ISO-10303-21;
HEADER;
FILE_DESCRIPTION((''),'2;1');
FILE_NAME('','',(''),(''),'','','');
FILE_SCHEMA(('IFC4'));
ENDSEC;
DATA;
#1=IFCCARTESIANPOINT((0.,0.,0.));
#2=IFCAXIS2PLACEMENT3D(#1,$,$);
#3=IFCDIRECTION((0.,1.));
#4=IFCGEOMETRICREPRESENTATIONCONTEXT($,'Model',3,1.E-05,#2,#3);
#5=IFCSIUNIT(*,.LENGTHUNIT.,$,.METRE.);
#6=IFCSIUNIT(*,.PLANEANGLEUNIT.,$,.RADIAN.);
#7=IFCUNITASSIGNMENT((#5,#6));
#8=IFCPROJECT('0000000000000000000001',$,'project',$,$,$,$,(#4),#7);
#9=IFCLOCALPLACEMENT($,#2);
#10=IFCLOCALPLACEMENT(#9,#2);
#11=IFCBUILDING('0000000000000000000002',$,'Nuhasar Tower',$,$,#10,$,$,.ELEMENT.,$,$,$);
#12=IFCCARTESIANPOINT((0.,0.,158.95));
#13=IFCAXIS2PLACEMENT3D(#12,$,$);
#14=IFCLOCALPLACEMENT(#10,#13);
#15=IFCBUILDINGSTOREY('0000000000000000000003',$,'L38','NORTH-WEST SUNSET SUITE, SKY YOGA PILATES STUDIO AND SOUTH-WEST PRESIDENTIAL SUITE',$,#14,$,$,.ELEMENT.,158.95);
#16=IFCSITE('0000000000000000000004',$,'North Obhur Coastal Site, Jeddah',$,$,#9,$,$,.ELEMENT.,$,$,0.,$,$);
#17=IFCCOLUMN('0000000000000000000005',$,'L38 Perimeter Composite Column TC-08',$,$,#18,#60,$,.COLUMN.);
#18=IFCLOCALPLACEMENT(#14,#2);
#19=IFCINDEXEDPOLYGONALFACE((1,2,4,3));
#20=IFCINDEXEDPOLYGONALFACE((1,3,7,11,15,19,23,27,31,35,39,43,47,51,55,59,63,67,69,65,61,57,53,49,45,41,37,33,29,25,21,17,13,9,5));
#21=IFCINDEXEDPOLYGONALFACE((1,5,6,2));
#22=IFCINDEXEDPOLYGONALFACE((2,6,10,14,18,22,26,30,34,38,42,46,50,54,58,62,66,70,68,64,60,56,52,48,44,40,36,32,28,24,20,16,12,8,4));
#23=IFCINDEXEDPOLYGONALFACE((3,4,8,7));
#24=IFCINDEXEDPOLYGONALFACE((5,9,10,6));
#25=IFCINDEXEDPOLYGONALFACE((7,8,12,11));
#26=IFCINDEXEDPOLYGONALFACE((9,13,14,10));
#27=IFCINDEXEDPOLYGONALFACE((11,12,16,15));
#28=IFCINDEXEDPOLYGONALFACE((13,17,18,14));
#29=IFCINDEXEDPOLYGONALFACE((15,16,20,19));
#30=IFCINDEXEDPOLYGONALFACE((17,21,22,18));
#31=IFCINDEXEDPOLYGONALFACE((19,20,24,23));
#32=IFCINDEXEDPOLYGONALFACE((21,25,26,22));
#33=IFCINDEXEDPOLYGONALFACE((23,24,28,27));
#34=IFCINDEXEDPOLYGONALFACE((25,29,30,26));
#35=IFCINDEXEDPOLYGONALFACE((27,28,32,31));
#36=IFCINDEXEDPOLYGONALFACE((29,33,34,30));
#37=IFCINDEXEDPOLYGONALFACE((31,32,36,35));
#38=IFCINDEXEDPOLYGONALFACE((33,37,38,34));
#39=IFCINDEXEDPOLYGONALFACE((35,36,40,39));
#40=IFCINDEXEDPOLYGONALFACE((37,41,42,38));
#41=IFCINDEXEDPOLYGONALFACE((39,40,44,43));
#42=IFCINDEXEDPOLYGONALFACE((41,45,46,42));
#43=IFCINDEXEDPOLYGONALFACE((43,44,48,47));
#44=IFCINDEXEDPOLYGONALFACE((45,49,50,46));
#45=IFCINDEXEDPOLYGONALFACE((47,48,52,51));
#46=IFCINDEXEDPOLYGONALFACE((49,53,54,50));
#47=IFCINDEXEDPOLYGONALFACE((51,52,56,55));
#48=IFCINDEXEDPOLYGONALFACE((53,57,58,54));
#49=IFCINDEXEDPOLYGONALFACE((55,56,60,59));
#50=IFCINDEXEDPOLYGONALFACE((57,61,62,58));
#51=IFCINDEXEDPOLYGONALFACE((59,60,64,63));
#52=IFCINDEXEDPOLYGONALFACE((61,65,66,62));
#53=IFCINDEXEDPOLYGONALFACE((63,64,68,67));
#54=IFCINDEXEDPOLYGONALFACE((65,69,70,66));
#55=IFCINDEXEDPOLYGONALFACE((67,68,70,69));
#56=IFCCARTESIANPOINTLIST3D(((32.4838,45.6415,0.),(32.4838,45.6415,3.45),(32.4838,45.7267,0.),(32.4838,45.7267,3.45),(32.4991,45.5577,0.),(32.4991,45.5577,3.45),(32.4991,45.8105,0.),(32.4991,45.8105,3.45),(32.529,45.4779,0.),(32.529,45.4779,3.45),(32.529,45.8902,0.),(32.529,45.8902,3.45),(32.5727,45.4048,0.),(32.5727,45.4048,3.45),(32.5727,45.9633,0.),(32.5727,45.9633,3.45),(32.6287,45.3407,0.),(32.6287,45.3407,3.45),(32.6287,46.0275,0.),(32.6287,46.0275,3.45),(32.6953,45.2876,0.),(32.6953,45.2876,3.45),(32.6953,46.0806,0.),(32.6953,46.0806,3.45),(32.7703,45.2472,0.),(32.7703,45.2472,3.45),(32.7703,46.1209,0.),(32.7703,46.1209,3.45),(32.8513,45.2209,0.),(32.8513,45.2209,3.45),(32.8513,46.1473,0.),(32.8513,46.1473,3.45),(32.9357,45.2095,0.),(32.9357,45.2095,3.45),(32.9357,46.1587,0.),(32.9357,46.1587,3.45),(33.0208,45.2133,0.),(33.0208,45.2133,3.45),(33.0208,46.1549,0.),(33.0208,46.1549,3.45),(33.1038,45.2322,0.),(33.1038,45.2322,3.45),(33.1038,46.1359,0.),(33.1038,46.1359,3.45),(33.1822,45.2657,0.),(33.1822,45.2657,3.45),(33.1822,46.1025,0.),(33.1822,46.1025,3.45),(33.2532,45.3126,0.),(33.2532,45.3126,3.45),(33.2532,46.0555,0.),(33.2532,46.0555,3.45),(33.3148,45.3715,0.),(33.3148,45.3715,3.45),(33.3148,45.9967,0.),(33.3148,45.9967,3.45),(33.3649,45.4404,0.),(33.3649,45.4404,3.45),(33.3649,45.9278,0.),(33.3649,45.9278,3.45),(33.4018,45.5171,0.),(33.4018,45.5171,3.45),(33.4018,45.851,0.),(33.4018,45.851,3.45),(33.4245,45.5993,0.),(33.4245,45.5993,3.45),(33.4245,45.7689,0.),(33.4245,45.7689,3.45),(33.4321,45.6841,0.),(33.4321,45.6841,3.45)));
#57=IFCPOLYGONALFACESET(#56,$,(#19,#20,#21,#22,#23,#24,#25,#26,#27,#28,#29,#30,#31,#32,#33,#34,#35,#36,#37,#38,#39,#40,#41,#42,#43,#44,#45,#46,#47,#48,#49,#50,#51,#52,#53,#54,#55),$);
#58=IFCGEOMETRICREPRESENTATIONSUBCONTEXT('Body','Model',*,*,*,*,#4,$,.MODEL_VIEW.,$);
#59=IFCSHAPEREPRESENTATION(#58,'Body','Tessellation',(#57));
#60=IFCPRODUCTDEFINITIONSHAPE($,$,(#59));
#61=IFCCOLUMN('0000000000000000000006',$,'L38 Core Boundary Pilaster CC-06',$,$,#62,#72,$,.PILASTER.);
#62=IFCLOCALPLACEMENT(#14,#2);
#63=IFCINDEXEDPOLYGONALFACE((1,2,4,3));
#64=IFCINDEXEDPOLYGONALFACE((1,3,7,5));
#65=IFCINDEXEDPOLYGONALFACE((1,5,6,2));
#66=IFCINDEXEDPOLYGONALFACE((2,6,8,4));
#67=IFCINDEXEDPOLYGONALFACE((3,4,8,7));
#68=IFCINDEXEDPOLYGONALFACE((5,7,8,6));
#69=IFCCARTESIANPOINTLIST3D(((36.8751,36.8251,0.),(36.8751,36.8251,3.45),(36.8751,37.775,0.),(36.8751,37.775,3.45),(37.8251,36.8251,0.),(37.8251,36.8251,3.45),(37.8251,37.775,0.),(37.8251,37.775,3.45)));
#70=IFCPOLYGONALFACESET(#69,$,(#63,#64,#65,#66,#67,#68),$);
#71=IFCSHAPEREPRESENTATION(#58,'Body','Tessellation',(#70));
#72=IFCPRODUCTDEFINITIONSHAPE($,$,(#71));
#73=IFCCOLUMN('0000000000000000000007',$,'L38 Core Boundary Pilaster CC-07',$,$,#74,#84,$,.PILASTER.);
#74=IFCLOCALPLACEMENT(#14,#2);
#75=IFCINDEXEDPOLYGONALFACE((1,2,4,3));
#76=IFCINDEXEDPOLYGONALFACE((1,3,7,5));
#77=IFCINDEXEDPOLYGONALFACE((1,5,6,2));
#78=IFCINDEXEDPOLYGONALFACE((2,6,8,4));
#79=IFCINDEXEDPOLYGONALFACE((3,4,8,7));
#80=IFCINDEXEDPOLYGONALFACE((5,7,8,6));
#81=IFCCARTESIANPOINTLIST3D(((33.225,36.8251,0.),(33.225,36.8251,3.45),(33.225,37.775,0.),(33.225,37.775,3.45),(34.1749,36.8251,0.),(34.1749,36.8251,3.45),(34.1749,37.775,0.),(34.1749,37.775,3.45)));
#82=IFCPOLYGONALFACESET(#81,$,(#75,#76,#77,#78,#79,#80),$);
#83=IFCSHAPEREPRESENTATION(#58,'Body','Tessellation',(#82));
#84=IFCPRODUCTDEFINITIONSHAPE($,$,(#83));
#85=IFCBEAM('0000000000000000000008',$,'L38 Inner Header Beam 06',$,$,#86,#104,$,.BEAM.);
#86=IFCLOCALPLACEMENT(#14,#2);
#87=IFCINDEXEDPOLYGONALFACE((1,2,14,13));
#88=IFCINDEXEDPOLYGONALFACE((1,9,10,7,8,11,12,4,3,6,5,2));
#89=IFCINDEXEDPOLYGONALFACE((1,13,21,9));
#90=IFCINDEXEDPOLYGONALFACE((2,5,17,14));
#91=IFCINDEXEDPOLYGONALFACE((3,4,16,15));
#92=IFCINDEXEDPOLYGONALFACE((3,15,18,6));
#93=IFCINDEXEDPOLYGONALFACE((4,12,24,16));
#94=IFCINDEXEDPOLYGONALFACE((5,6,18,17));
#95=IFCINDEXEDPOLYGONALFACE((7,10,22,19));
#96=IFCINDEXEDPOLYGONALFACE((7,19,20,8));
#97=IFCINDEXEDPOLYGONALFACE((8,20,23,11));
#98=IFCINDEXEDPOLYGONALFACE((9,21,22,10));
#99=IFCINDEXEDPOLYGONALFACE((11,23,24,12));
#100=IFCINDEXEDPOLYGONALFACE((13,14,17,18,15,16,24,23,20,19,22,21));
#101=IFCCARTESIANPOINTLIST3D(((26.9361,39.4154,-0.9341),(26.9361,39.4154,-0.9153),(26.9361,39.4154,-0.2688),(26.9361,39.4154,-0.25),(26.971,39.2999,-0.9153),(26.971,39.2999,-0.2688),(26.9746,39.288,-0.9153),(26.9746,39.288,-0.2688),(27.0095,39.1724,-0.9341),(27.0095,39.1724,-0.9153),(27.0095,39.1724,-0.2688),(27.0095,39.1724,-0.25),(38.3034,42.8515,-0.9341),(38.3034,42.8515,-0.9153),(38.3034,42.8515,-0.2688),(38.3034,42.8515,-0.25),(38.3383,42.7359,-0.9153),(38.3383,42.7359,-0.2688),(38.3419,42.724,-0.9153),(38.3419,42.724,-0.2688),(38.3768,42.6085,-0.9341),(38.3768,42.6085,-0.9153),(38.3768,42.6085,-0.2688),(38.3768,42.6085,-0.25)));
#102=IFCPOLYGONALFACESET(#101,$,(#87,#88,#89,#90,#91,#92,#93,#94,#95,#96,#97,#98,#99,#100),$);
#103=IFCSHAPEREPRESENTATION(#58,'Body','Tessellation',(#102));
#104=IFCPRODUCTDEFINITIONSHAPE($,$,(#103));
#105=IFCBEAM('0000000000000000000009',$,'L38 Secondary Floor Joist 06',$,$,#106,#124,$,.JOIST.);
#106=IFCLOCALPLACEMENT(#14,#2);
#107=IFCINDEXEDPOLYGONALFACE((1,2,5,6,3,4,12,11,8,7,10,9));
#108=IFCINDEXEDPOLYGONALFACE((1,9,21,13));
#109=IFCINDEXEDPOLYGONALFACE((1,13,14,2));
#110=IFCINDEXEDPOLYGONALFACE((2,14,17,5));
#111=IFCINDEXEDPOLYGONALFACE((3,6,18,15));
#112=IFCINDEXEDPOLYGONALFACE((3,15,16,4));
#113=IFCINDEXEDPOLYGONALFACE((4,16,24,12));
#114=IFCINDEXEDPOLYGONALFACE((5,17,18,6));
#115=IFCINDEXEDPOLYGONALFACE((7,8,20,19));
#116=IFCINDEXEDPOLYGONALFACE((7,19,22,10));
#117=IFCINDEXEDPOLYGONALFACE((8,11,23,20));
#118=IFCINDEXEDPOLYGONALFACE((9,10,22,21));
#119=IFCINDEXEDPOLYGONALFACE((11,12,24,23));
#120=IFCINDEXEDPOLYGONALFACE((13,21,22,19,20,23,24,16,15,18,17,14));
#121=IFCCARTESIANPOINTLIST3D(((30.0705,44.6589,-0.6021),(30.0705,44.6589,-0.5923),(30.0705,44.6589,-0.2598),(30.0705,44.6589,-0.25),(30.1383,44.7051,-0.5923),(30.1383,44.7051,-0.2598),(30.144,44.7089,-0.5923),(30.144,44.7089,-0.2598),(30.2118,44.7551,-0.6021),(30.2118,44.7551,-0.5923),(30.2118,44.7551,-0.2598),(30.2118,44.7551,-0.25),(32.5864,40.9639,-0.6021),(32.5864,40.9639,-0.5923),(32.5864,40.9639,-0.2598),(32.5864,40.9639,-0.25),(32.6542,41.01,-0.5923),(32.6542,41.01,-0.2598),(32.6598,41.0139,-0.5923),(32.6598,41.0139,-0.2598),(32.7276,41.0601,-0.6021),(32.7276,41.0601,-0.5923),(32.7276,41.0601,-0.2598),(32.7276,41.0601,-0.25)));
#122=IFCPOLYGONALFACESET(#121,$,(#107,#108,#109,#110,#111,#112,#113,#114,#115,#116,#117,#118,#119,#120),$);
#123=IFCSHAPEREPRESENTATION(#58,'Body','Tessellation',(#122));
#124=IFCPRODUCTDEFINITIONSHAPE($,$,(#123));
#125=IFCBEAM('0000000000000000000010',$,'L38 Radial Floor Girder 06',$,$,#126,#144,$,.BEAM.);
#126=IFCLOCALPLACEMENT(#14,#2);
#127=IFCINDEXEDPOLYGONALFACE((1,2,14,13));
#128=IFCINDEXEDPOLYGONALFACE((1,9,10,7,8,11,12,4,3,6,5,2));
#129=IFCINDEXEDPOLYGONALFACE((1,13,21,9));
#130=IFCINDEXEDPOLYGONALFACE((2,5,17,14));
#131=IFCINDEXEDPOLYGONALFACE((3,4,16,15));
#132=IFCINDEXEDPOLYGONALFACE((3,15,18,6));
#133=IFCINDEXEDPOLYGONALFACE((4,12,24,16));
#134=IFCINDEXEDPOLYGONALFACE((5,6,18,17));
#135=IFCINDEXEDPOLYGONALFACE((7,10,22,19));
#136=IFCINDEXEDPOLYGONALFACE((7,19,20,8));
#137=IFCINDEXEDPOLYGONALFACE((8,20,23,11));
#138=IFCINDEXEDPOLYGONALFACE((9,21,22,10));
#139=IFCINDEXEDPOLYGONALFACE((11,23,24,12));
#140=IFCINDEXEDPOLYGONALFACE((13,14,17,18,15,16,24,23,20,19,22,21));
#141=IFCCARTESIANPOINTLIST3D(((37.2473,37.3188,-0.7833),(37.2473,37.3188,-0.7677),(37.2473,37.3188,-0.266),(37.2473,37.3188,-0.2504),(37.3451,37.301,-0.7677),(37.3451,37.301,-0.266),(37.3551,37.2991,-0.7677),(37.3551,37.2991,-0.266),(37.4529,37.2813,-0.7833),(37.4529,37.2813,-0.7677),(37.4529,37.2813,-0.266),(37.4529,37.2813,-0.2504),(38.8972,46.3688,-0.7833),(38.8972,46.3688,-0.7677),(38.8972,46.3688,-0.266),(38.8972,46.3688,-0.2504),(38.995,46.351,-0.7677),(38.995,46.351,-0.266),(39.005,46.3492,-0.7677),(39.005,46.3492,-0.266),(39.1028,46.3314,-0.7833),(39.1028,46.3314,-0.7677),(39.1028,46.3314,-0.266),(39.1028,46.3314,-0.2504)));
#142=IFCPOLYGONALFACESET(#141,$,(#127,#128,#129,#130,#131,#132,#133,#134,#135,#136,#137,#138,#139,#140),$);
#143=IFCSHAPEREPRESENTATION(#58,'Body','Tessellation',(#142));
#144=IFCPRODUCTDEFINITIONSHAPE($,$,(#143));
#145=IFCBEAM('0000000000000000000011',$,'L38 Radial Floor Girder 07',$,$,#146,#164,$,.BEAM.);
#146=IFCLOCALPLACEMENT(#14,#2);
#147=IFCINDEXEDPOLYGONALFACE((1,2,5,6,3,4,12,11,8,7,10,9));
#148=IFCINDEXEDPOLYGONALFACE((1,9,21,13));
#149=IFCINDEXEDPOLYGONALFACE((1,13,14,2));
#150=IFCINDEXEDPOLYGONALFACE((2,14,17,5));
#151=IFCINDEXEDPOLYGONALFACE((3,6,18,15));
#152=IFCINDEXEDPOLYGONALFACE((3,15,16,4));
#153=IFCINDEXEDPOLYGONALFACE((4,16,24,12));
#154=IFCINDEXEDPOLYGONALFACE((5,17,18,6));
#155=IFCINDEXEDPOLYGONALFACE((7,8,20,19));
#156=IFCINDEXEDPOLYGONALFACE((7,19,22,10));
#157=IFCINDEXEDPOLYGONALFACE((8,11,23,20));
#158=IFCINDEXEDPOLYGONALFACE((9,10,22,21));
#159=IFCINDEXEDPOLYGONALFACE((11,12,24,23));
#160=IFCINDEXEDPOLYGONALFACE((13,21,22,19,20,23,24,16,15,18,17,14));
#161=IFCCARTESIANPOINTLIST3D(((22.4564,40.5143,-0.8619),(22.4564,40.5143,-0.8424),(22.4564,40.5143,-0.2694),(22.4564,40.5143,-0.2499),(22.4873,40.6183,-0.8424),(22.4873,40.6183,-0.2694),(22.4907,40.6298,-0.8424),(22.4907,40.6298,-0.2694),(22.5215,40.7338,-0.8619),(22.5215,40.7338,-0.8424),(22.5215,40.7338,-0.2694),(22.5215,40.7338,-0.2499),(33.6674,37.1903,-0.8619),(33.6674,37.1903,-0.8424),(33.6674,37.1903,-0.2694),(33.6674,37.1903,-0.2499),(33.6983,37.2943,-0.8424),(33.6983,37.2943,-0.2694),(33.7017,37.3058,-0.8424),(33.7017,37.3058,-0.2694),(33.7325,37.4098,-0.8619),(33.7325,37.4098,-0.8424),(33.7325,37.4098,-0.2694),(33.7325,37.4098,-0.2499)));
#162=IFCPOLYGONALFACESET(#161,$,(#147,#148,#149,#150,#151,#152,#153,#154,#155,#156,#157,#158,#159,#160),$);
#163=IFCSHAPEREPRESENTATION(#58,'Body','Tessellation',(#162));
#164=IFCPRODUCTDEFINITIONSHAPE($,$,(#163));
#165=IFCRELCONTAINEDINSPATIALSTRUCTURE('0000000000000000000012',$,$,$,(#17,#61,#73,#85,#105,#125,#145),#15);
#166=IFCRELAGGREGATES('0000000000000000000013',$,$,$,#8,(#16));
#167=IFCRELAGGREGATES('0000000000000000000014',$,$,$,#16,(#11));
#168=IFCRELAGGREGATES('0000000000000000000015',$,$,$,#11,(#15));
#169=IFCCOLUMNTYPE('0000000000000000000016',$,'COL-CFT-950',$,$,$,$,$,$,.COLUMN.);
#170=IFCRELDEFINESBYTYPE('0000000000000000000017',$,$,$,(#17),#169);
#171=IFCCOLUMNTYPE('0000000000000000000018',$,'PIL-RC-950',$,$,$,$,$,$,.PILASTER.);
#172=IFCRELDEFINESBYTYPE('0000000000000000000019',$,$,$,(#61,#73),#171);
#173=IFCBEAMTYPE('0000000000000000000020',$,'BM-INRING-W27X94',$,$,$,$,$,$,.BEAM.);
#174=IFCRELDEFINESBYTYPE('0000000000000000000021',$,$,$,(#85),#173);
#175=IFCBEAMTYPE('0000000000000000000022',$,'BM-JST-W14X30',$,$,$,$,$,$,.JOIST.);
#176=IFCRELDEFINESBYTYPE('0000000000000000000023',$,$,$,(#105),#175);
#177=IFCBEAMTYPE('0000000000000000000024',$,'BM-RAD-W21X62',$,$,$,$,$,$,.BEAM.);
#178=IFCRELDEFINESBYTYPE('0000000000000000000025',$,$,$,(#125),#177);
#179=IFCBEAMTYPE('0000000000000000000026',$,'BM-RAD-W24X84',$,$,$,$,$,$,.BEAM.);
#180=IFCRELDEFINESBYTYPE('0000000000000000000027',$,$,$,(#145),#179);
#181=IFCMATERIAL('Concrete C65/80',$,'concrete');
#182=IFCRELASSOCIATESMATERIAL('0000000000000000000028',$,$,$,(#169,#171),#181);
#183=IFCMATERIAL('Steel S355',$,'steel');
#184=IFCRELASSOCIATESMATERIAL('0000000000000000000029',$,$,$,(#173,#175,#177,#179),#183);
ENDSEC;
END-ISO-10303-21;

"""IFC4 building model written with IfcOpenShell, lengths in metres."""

from ifc_helpers import new_model, si_unit, direction, frame, origin, origin_2d, place, context, subcontext, project, spatial, rectangle, circle, i_section, extrude, material, material_profile, profile_set, type_object, element, save


model = new_model("IFC4")

# Units and contexts
model_context = context("Model", 3, precision=1e-05, world=origin(), true_north=direction((0.0, 1.0)))
body_context = subcontext(model_context, "Body", "Model", "MODEL_VIEW")
ifc_project = project(units=[si_unit("LENGTHUNIT", "METRE"), si_unit("PLANEANGLEUNIT", "RADIAN")], contexts=[model_context])

# Site, building, storey
site_placement = place(None, origin())
site = spatial("IfcSite", under=ifc_project, at=site_placement, Name="North Obhur Coastal Site, Jeddah", CompositionType="ELEMENT", RefElevation=0.0)
building_placement = place(site_placement, origin())
building = spatial("IfcBuilding", under=site, at=building_placement, Name="Nuhasar Tower", CompositionType="ELEMENT")
storey_placement = place(building_placement, frame((0.0, 0.0, 158.95)))
storey = spatial("IfcBuildingStorey", under=building, at=storey_placement, Name="L38", Description="NORTH-WEST SUNSET SUITE, SKY YOGA PILATES STUDIO AND SOUTH-WEST PRESIDENTIAL SUITE", CompositionType="ELEMENT", Elevation=158.95)

# Columns
ifc_material_1 = material(Name="Concrete C65/80", Category="concrete")
ifc_material_profile_1 = material_profile(ifc_material_1, circle(Radius=0.4751, at=origin_2d()), Name="CFT950")
ifc_profile_set_1 = profile_set([ifc_material_profile_1], Name="Concrete C65/80")
column_type_1 = type_object("IfcColumnType", Name="COL-CFT-950", PredefinedType="COLUMN", material=ifc_profile_set_1)
column_placement = place(storey_placement, frame((32.957, 45.6841, 0.0), z_axis=(0.0, 0.0, 1.0), x_axis=(1.0, 0.0, 0.0)))
element("IfcColumn", 1, at=column_placement, inside=storey, type_object=column_type_1, Name="L38 Perimeter Composite Column TC-08", PredefinedType="COLUMN", context=body_context, shape_type="SweptSolid", body=[
    extrude(circle(Radius=0.4751, at=origin_2d()), origin(), (0.0, 0.0, 1.0), 3.45),
])
ifc_material_profile_2 = material_profile(ifc_material_1, rectangle(XDim=0.95, YDim=0.95, at=origin_2d()), Name="RC950X950")
ifc_profile_set_2 = profile_set([ifc_material_profile_2], Name="Concrete C65/80")
column_type_2 = type_object("IfcColumnType", Name="PIL-RC-950", PredefinedType="PILASTER", material=ifc_profile_set_2)
for number, where, z_axis, x_axis, name in (
    (2, (37.3501, 37.3, 0.0), (0.0, 0.0, 1.0), (1.0, 0.0, 0.0), "L38 Core Boundary Pilaster CC-06"),
    (3, (33.7, 37.3, 0.0), (0.0, 0.0, 1.0), (1.0, 0.0, 0.0), "L38 Core Boundary Pilaster CC-07"),
):
    element("IfcColumn", number, at=place(storey_placement, frame(where, z_axis=z_axis, x_axis=x_axis)), inside=storey, type_object=column_type_2, Name=name, PredefinedType="PILASTER", context=body_context, shape_type="SweptSolid", body=[
        extrude(rectangle(XDim=0.95, YDim=0.95, at=origin_2d()), origin(), (0.0, 0.0, 1.0), 3.45),
    ])

# Beams
ifc_material_2 = material(Name="Steel S355", Category="steel")
ifc_material_profile_3 = material_profile(ifc_material_2, i_section(OverallWidth=0.2539, OverallDepth=0.6841, WebThickness=0.0125, FlangeThickness=0.0188, at=origin_2d()), Name="W27X94")
ifc_profile_set_3 = profile_set([ifc_material_profile_3], Name="Steel S355")
beam_type_1 = type_object("IfcBeamType", Name="BM-INRING-W27X94", PredefinedType="BEAM", material=ifc_profile_set_3)
beam_1_placement = place(storey_placement, frame((38.3401, 42.73, -0.592), z_axis=(-0.957224, -0.289347, 0.0), x_axis=(0.289347, -0.957224, 0.0)))
element("IfcBeam", 4, at=beam_1_placement, inside=storey, type_object=beam_type_1, Name="L38 Inner Header Beam 06", PredefinedType="BEAM", context=body_context, shape_type="SweptSolid", body=[
    extrude(i_section(OverallWidth=0.2539, OverallDepth=0.6841, WebThickness=0.0125, FlangeThickness=0.0188, at=origin_2d()), origin(), (0.0, 0.0, 1.0), 11.8752),
])
ifc_material_profile_4 = material_profile(ifc_material_2, i_section(OverallWidth=0.1709, OverallDepth=0.3521, WebThickness=0.0068, FlangeThickness=0.0098, at=origin_2d()), Name="W14X30")
ifc_profile_set_4 = profile_set([ifc_material_profile_4], Name="Steel S355")
beam_type_2 = type_object("IfcBeamType", Name="BM-JST-W14X30", PredefinedType="JOIST", material=ifc_profile_set_4)
beam_2_placement = place(storey_placement, frame((32.657, 41.012, -0.426), z_axis=(-0.562803, 0.826591, 0.0), x_axis=(-0.826591, -0.562803, 0.0)))
element("IfcBeam", 5, at=beam_2_placement, inside=storey, type_object=beam_type_2, Name="L38 Secondary Floor Joist 06", PredefinedType="JOIST", context=body_context, shape_type="SweptSolid", body=[
    extrude(i_section(OverallWidth=0.1709, OverallDepth=0.3521, WebThickness=0.0068, FlangeThickness=0.0098, at=origin_2d()), origin(), (0.0, 0.0, 1.0), 4.4702),
])
ifc_material_profile_5 = material_profile(ifc_material_2, i_section(OverallWidth=0.209, OverallDepth=0.533, WebThickness=0.0103, FlangeThickness=0.0156, at=origin_2d()), Name="W21X62")
ifc_profile_set_5 = profile_set([ifc_material_profile_5], Name="Steel S355")
beam_type_3 = type_object("IfcBeamType", Name="BM-RAD-W21X62", PredefinedType="BEAM", material=ifc_profile_set_5)
beam_3_placement = place(storey_placement, frame((37.3501, 37.3, -0.5168), z_axis=(0.179353, 0.983785, 0.0), x_axis=(-0.983785, 0.179353, 0.0)))
element("IfcBeam", 6, at=beam_3_placement, inside=storey, type_object=beam_type_3, Name="L38 Radial Floor Girder 06", PredefinedType="BEAM", context=body_context, shape_type="SweptSolid", body=[
    extrude(i_section(OverallWidth=0.209, OverallDepth=0.533, WebThickness=0.0103, FlangeThickness=0.0156, at=origin_2d()), origin(), (0.0, 0.0, 1.0), 9.1992),
])
ifc_material_profile_6 = material_profile(ifc_material_2, i_section(OverallWidth=0.229, OverallDepth=0.6121, WebThickness=0.012, FlangeThickness=0.0195, at=origin_2d()), Name="W24X84")
ifc_profile_set_6 = profile_set([ifc_material_profile_6], Name="Steel S355")
beam_type_4 = type_object("IfcBeamType", Name="BM-RAD-W24X84", PredefinedType="BEAM", material=ifc_profile_set_6)
beam_4_placement = place(storey_placement, frame((33.7, 37.3, -0.5559), z_axis=(-0.958746, 0.284262, 0.0), x_axis=(-0.284262, -0.958746, 0.0)))
element("IfcBeam", 7, at=beam_4_placement, inside=storey, type_object=beam_type_4, Name="L38 Radial Floor Girder 07", PredefinedType="BEAM", context=body_context, shape_type="SweptSolid", body=[
    extrude(i_section(OverallWidth=0.229, OverallDepth=0.6121, WebThickness=0.012, FlangeThickness=0.0195, at=origin_2d()), origin(), (0.0, 0.0, 1.0), 11.6934),
])

save(model, "model.ifc")
